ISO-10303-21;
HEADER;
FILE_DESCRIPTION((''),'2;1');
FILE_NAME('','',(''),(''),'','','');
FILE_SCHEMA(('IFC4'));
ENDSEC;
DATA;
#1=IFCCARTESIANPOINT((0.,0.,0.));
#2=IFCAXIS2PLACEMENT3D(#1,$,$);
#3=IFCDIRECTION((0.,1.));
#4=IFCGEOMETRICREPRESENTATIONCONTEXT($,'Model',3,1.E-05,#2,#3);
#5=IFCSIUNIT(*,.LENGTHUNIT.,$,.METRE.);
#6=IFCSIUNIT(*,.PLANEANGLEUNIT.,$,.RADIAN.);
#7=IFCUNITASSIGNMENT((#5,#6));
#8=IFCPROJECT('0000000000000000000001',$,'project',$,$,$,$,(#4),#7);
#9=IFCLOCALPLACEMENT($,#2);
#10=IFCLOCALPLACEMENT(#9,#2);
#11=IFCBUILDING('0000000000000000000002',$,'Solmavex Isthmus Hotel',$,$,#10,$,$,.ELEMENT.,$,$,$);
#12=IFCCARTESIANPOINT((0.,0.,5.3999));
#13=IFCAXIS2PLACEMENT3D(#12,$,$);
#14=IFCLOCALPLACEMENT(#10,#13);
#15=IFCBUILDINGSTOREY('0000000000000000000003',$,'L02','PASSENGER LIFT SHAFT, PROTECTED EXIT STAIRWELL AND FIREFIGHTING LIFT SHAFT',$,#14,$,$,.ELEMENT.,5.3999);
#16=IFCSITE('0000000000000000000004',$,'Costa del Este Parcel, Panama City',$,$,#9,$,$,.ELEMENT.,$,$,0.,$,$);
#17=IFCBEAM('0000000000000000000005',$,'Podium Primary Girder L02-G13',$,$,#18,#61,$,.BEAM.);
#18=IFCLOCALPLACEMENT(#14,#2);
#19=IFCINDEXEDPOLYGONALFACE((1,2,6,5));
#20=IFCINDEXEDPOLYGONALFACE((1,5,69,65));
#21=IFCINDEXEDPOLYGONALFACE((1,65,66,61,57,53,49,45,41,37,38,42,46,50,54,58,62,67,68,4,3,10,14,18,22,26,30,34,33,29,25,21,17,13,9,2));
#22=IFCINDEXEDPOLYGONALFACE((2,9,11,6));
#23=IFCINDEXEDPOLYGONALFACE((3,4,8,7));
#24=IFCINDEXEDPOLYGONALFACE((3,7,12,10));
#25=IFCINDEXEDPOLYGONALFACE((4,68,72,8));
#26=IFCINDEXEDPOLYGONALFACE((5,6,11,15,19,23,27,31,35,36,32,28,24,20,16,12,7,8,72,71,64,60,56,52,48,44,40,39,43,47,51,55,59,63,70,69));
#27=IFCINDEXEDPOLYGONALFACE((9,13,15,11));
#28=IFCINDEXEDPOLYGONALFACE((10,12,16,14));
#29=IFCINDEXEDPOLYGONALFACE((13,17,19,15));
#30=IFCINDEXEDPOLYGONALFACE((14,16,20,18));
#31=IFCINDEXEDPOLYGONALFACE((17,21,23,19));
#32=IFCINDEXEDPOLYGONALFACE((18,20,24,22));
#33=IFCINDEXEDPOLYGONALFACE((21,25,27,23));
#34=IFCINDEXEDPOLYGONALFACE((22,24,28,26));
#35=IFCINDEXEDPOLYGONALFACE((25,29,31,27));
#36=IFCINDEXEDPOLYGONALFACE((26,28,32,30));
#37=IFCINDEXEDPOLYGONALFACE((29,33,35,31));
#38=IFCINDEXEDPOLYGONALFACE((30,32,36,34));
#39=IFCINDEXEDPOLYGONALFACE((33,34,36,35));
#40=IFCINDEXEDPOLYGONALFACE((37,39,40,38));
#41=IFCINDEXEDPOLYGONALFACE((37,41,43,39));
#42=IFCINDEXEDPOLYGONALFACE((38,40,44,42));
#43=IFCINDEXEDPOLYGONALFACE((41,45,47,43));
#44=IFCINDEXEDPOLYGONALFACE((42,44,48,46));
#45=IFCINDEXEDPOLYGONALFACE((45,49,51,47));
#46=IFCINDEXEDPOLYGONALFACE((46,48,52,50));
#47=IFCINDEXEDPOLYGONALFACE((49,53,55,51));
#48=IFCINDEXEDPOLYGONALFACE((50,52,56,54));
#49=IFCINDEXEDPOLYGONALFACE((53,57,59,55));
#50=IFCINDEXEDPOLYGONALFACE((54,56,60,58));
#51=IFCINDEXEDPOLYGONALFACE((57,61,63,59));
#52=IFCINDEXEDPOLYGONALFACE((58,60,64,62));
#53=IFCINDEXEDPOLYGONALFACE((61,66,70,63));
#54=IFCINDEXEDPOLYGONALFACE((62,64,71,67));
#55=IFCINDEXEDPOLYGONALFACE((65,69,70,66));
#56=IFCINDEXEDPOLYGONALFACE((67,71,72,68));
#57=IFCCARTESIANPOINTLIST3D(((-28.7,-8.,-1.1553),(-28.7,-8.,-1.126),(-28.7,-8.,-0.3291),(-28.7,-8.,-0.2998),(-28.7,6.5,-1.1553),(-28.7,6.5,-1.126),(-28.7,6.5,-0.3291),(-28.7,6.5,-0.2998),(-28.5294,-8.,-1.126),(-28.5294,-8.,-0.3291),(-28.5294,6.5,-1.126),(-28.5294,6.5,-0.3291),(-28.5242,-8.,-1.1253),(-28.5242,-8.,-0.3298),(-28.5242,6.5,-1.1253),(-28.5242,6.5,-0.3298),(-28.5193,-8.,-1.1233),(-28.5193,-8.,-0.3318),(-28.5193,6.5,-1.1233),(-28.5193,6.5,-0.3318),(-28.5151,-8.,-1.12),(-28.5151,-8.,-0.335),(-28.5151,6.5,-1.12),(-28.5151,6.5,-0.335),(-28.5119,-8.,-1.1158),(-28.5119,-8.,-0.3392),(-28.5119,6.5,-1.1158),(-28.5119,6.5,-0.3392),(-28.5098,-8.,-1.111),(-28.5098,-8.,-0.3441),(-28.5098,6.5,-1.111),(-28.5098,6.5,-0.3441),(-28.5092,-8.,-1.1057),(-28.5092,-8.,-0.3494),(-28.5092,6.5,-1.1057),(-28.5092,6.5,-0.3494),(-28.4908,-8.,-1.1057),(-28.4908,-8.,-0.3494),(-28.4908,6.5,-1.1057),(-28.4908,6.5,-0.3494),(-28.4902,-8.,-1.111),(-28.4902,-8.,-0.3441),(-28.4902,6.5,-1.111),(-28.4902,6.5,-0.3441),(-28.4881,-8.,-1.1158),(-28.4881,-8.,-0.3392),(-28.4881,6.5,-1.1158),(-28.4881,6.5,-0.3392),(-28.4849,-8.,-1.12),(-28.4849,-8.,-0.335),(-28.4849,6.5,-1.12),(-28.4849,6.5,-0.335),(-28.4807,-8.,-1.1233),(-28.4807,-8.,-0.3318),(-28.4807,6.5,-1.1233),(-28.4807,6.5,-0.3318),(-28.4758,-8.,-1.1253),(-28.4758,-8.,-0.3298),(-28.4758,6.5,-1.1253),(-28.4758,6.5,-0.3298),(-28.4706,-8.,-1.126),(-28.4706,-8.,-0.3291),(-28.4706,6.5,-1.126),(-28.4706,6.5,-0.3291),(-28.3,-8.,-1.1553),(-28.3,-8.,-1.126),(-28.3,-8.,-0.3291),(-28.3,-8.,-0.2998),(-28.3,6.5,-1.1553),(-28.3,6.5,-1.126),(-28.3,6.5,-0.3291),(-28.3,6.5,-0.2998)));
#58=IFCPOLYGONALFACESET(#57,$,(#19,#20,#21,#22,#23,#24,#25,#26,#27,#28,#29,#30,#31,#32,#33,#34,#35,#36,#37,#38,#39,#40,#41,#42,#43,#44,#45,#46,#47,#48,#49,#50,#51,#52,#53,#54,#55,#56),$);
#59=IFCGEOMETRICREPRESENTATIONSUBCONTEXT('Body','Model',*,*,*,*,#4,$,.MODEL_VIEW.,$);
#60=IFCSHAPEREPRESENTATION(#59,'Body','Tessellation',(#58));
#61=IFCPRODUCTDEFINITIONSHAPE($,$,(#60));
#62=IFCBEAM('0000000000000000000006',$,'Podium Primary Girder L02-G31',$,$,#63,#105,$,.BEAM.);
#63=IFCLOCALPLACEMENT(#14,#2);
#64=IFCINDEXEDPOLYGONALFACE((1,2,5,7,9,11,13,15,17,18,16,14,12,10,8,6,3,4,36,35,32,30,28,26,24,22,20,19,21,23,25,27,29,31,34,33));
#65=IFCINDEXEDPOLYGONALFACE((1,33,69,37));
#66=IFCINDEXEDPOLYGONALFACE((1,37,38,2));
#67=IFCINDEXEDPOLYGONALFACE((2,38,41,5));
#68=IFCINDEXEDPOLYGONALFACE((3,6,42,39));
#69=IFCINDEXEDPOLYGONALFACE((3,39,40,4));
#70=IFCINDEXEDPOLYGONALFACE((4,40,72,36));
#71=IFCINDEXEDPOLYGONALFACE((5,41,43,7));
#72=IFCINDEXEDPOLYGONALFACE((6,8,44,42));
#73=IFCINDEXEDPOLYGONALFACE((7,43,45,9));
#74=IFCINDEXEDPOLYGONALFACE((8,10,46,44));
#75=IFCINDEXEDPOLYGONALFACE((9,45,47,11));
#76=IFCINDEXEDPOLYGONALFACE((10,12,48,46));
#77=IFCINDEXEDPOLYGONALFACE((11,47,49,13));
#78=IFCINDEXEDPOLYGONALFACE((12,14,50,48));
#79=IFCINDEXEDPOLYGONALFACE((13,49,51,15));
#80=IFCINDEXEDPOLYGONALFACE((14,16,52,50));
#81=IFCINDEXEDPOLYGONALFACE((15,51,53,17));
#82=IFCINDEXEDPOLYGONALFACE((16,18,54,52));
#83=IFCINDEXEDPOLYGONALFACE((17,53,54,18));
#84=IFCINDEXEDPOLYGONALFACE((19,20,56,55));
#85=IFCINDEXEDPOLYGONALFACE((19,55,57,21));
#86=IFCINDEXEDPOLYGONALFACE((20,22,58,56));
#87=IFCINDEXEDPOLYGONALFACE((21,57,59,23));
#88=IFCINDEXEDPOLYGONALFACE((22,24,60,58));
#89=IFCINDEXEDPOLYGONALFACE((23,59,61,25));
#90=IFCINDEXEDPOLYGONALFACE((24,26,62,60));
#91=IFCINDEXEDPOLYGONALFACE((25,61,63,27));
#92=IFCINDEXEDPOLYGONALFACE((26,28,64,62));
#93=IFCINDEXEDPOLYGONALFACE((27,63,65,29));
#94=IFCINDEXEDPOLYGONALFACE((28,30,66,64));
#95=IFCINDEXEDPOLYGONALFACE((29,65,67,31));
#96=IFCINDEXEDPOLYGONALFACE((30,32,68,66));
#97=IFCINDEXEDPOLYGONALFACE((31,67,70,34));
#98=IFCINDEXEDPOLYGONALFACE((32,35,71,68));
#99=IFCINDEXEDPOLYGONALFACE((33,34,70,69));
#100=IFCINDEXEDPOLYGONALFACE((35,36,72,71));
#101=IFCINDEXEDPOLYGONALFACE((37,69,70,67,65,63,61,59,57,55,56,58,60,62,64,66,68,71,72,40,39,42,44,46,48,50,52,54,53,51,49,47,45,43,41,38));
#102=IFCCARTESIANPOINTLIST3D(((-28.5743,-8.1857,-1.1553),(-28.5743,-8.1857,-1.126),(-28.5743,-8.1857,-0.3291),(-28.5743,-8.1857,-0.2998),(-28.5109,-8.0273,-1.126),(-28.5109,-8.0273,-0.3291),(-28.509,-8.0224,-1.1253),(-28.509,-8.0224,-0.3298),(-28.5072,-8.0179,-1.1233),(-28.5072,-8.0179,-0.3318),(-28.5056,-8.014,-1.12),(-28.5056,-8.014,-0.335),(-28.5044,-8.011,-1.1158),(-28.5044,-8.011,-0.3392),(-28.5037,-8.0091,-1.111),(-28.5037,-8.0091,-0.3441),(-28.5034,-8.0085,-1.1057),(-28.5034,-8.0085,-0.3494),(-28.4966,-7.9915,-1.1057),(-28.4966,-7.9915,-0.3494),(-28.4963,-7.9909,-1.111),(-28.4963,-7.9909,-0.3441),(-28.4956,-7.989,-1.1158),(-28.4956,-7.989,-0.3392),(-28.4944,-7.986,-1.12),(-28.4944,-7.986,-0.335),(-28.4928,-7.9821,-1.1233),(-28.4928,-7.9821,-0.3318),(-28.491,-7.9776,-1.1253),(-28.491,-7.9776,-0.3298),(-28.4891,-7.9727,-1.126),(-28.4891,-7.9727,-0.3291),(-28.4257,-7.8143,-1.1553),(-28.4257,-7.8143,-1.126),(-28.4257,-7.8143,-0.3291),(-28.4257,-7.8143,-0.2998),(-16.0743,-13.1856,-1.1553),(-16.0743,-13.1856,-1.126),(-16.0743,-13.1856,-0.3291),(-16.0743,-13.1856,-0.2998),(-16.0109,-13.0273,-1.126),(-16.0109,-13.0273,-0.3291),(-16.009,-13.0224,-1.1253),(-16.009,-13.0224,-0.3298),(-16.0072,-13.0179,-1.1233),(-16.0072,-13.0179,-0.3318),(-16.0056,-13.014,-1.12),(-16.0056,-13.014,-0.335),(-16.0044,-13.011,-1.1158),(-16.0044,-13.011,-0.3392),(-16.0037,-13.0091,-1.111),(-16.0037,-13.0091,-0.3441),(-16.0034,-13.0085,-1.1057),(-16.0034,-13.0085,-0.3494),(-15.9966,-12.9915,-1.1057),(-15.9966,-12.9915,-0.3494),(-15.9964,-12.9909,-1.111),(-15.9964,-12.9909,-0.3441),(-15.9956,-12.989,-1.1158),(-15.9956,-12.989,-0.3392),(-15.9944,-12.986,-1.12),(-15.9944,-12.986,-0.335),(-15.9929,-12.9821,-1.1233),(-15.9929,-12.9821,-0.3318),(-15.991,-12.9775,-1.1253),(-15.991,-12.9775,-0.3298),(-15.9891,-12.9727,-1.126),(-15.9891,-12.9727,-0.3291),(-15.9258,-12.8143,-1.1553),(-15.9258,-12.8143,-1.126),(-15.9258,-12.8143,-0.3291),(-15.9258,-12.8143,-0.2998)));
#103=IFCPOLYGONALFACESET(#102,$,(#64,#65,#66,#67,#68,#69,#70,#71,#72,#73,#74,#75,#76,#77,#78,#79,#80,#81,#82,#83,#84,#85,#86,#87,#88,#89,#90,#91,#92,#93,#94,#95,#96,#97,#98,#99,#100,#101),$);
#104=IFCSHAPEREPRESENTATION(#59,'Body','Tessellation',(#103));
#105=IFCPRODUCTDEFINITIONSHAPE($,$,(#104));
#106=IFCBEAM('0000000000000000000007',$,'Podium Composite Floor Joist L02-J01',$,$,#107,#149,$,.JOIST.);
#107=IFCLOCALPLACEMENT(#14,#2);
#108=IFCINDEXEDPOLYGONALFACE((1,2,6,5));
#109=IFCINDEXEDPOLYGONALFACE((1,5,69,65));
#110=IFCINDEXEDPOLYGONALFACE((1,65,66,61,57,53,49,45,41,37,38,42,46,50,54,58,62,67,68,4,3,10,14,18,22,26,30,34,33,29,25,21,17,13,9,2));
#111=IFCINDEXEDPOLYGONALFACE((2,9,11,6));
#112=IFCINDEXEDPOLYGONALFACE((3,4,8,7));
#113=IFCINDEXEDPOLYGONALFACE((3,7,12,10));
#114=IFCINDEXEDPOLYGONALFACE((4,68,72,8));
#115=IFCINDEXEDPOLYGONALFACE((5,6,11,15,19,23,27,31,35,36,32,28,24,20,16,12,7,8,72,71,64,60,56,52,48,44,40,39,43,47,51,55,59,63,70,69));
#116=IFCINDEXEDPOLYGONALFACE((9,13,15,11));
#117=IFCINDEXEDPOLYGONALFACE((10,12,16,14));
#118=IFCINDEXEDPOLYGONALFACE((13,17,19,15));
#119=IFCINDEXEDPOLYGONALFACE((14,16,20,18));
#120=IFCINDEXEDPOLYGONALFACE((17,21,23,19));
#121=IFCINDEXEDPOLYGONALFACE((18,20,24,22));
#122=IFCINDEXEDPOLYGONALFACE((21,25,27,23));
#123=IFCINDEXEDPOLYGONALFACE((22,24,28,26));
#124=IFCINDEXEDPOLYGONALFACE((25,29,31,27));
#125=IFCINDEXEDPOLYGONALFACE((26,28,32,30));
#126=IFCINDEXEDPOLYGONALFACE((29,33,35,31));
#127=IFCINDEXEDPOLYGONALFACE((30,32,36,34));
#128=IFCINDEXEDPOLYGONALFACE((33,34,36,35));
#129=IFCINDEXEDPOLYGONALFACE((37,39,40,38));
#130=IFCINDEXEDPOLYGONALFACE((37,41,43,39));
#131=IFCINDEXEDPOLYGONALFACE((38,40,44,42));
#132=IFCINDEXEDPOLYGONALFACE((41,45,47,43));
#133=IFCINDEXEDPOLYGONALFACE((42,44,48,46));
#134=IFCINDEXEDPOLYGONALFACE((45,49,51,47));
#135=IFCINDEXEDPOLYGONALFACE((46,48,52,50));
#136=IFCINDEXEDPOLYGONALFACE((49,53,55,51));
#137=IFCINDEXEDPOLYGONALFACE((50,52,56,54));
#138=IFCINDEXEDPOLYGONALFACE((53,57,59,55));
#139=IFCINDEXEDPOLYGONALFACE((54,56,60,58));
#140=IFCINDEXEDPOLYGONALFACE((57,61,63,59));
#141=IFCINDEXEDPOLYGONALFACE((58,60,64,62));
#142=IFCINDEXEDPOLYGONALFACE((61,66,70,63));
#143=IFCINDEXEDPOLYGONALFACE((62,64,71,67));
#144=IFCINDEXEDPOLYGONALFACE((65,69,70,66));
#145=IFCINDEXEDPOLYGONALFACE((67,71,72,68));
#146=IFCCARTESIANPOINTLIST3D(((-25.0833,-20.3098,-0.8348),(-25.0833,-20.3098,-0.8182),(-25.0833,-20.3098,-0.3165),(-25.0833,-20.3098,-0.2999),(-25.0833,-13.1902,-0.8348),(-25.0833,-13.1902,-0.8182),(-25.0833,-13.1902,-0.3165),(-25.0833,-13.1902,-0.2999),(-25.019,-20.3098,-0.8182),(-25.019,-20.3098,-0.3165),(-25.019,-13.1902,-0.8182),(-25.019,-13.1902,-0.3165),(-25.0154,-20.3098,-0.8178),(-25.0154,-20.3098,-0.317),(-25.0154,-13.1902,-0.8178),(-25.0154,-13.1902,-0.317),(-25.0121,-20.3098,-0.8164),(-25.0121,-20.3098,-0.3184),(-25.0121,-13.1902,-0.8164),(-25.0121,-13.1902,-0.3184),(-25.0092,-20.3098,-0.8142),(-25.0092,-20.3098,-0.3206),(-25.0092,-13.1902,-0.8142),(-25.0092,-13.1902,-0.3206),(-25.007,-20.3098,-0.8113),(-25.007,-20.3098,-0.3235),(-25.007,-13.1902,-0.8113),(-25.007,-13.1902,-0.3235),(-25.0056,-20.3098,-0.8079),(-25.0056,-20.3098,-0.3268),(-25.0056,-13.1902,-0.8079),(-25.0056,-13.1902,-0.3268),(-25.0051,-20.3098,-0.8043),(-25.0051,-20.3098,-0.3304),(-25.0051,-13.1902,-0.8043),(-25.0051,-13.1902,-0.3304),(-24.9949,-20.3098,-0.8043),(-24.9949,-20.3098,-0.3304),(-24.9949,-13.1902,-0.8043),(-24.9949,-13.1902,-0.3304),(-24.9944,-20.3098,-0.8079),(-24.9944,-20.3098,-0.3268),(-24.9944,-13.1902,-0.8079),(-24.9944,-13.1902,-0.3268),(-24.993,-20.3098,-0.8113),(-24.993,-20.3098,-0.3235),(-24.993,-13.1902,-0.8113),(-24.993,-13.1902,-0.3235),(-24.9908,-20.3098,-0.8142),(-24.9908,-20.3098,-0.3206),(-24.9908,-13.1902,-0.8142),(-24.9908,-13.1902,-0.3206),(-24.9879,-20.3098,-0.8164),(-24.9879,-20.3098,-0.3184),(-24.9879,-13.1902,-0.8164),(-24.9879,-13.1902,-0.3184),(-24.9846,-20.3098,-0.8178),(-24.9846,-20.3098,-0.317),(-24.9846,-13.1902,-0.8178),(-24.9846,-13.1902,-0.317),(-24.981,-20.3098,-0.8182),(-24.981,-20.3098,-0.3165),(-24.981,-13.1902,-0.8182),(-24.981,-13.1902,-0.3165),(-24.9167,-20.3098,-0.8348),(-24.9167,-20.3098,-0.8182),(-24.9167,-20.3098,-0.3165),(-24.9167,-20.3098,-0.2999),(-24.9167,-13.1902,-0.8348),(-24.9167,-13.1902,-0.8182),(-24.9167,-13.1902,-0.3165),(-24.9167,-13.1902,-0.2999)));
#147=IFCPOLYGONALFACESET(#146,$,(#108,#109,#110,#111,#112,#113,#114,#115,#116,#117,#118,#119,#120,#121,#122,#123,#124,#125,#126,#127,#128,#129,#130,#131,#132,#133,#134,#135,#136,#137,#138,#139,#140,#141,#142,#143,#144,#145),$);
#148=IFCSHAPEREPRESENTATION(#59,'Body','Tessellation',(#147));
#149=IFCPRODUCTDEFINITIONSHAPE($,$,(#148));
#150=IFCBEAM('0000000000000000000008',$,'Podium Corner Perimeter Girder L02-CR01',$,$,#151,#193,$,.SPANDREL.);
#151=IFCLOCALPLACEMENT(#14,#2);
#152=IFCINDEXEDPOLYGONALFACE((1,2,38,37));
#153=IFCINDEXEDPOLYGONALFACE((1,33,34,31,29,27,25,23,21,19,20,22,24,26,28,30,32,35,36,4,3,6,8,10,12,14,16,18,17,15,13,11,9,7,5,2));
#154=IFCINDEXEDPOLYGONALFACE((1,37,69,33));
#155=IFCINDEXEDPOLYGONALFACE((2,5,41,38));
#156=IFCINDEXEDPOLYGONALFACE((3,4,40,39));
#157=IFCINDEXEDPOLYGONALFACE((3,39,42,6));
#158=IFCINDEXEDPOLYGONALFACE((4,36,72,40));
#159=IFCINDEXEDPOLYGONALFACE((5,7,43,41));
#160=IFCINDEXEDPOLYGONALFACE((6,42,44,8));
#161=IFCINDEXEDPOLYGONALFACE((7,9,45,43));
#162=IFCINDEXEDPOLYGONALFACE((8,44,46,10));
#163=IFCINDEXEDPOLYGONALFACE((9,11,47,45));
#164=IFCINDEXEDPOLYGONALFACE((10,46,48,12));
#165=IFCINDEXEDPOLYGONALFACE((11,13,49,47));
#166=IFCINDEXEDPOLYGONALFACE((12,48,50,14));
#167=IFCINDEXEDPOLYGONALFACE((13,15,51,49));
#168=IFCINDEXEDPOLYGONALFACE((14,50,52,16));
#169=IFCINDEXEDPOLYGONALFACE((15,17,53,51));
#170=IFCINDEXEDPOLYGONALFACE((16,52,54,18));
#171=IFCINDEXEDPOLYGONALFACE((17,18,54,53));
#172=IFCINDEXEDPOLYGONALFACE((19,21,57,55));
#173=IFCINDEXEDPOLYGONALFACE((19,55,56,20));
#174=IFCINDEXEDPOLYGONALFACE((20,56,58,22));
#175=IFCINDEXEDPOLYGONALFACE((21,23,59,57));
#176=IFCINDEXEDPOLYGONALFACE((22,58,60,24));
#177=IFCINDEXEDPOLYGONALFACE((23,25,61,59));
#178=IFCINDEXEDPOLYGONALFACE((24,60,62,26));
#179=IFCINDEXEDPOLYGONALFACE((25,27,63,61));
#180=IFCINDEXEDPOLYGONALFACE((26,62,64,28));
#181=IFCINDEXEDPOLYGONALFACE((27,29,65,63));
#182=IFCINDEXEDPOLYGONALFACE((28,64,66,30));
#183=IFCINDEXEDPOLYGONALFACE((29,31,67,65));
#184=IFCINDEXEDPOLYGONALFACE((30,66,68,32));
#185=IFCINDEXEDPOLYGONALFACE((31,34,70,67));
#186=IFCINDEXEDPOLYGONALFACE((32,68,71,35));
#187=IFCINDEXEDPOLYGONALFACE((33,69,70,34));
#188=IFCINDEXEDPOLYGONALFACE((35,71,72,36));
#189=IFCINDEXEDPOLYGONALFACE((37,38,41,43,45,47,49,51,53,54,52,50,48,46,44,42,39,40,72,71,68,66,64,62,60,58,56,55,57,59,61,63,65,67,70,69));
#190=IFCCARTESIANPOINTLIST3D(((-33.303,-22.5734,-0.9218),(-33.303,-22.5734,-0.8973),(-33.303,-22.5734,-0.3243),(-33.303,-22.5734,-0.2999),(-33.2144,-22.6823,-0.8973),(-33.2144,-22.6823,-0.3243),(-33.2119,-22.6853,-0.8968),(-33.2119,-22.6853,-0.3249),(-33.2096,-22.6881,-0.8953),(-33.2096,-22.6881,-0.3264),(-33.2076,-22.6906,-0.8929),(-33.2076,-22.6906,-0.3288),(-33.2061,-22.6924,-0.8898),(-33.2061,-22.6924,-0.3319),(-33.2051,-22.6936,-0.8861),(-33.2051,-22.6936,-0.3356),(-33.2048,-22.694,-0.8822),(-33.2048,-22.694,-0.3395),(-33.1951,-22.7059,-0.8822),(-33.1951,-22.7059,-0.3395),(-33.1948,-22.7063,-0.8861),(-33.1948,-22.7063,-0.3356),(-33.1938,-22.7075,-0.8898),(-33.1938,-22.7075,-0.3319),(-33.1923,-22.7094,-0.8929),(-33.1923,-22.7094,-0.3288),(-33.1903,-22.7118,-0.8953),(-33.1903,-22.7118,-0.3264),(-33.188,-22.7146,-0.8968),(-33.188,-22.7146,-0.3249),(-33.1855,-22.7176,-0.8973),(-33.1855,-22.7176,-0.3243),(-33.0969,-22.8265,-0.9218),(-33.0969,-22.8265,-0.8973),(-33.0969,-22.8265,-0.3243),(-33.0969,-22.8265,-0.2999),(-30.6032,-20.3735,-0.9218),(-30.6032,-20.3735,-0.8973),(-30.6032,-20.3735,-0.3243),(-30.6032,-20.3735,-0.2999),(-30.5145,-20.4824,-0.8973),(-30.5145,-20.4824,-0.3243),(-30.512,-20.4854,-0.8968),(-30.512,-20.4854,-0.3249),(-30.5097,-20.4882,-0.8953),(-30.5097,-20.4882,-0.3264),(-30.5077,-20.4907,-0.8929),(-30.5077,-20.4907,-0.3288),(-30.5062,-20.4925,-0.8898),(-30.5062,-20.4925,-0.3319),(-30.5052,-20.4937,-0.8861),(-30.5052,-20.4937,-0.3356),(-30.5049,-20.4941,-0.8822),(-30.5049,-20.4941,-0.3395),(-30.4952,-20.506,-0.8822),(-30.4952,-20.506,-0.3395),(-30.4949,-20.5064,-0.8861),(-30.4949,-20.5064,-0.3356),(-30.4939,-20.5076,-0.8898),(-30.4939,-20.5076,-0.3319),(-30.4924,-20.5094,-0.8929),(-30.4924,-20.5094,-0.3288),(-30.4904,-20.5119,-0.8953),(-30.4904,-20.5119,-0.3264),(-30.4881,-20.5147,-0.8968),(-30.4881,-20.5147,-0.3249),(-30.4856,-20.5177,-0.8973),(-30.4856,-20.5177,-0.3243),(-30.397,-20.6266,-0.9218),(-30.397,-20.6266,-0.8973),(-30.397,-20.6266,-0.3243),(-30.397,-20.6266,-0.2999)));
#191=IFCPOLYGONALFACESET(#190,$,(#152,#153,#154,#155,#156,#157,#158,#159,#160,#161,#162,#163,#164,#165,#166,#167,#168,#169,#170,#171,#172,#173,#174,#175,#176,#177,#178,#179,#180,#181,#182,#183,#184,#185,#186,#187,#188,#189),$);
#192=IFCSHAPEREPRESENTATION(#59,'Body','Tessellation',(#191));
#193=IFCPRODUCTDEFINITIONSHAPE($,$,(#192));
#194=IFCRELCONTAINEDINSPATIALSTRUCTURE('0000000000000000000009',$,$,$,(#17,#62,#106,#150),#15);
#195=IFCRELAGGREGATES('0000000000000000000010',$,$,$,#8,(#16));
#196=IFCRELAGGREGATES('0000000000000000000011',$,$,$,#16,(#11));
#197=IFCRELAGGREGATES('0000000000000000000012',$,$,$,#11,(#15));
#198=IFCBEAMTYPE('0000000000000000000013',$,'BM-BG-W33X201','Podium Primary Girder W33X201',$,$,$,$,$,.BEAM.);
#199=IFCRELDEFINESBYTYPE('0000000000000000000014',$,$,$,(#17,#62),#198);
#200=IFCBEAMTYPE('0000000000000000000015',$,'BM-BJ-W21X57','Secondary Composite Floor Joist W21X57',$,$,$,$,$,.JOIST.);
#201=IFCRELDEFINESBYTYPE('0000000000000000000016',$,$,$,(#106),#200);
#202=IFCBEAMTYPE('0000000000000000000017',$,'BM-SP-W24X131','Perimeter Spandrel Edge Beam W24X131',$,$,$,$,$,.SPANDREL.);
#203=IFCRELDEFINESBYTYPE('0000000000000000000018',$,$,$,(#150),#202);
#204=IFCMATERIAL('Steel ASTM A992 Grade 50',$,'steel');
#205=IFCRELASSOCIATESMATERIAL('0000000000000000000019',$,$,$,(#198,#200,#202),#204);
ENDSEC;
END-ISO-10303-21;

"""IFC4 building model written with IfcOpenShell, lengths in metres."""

from ifc_helpers import new_model, si_unit, direction, frame, origin, origin_2d, place, context, subcontext, project, spatial, i_section, extrude, material, material_profile, profile_set, type_object, element, save


model = new_model("IFC4")

# Units and contexts
model_context = context("Model", 3, precision=1e-05, world=origin(), true_north=direction((0.0, 1.0)))
body_context = subcontext(model_context, "Body", "Model", "MODEL_VIEW")
ifc_project = project(units=[si_unit("LENGTHUNIT", "METRE"), si_unit("PLANEANGLEUNIT", "RADIAN")], contexts=[model_context])

# Site, building, storey
site_placement = place(None, origin())
site = spatial("IfcSite", under=ifc_project, at=site_placement, Name="Costa del Este Parcel, Panama City", CompositionType="ELEMENT", RefElevation=0.0)
building_placement = place(site_placement, origin())
building = spatial("IfcBuilding", under=site, at=building_placement, Name="Solmavex Isthmus Hotel", CompositionType="ELEMENT")
storey_placement = place(building_placement, frame((0.0, 0.0, 5.3999)))
storey = spatial("IfcBuildingStorey", under=building, at=storey_placement, Name="L02", Description="PASSENGER LIFT SHAFT, PROTECTED EXIT STAIRWELL AND FIREFIGHTING LIFT SHAFT", CompositionType="ELEMENT", Elevation=5.3999)

# Beams
ifc_material_1 = material(Name="Steel ASTM A992 Grade 50", Category="steel")
ifc_material_profile_1 = material_profile(ifc_material_1, i_section(OverallWidth=0.3999, OverallDepth=0.8555, WebThickness=0.0183, FlangeThickness=0.0293, FilletRadius=0.0203, at=origin_2d()), Name="W33X201")
ifc_profile_set_1 = profile_set([ifc_material_profile_1], Name="Steel ASTM A992 Grade 50")
beam_type_1 = type_object("IfcBeamType", Name="BM-BG-W33X201", Description="Podium Primary Girder W33X201", PredefinedType="BEAM", material=ifc_profile_set_1)
beam_1_placement = place(storey_placement, frame((-28.5, -8.0, -0.7275), z_axis=(0.0, 1.0, 0.0), x_axis=(-1.0, 0.0, 0.0)))
element("IfcBeam", 1, at=beam_1_placement, inside=storey, type_object=beam_type_1, Name="Podium Primary Girder L02-G13", PredefinedType="BEAM", context=body_context, shape_type="SweptSolid", body=[
    extrude(i_section(OverallWidth=0.3999, OverallDepth=0.8555, WebThickness=0.0183, FlangeThickness=0.0293, FilletRadius=0.0203, at=origin_2d()), origin(), (0.0, 0.0, 1.0), 14.5),
])
beam_2_placement = place(storey_placement, frame((-28.5, -8.0, -0.7275), z_axis=(0.928477, -0.371391, 0.0), x_axis=(0.371391, 0.928477, 0.0)))
element("IfcBeam", 2, at=beam_2_placement, inside=storey, type_object=beam_type_1, Name="Podium Primary Girder L02-G31", PredefinedType="BEAM", context=body_context, shape_type="SweptSolid", body=[
    extrude(i_section(OverallWidth=0.3999, OverallDepth=0.8555, WebThickness=0.0183, FlangeThickness=0.0293, FilletRadius=0.0203, at=origin_2d()), origin(), (0.0, 0.0, 1.0), 13.4629),
])
ifc_material_profile_2 = material_profile(ifc_material_1, i_section(OverallWidth=0.1665, OverallDepth=0.5349, WebThickness=0.0103, FlangeThickness=0.0166, FilletRadius=0.0139, at=origin_2d()), Name="W21X57")
ifc_profile_set_2 = profile_set([ifc_material_profile_2], Name="Steel ASTM A992 Grade 50")
beam_type_2 = type_object("IfcBeamType", Name="BM-BJ-W21X57", Description="Secondary Composite Floor Joist W21X57", PredefinedType="JOIST", material=ifc_profile_set_2)
beam_3_placement = place(storey_placement, frame((-25.0, -20.3098, -0.5674), z_axis=(0.0, 1.0, 0.0), x_axis=(-1.0, 0.0, 0.0)))
element("IfcBeam", 3, at=beam_3_placement, inside=storey, type_object=beam_type_2, Name="Podium Composite Floor Joist L02-J01", PredefinedType="JOIST", context=body_context, shape_type="SweptSolid", body=[
    extrude(i_section(OverallWidth=0.1665, OverallDepth=0.5349, WebThickness=0.0103, FlangeThickness=0.0166, FilletRadius=0.0139, at=origin_2d()), origin(), (0.0, 0.0, 1.0), 7.1196),
])
ifc_material_profile_3 = material_profile(ifc_material_1, i_section(OverallWidth=0.3264, OverallDepth=0.6218, WebThickness=0.0154, FlangeThickness=0.0244, FilletRadius=0.0151, at=origin_2d()), Name="W24X131")
ifc_profile_set_3 = profile_set([ifc_material_profile_3], Name="Steel ASTM A992 Grade 50")
beam_type_3 = type_object("IfcBeamType", Name="BM-SP-W24X131", Description="Perimeter Spandrel Edge Beam W24X131", PredefinedType="SPANDREL", material=ifc_profile_set_3)
beam_4_placement = place(storey_placement, frame((-33.2, -22.7, -0.6108), z_axis=(0.775236, 0.631671, 0.0), x_axis=(-0.631671, 0.775236, 0.0)))
element("IfcBeam", 4, at=beam_4_placement, inside=storey, type_object=beam_type_3, Name="Podium Corner Perimeter Girder L02-CR01", PredefinedType="SPANDREL", context=body_context, shape_type="SweptSolid", body=[
    extrude(i_section(OverallWidth=0.3264, OverallDepth=0.6218, WebThickness=0.0154, FlangeThickness=0.0244, FilletRadius=0.0151, at=origin_2d()), origin(), (0.0, 0.0, 1.0), 3.4827),
])

save(model, "model.ifc")
